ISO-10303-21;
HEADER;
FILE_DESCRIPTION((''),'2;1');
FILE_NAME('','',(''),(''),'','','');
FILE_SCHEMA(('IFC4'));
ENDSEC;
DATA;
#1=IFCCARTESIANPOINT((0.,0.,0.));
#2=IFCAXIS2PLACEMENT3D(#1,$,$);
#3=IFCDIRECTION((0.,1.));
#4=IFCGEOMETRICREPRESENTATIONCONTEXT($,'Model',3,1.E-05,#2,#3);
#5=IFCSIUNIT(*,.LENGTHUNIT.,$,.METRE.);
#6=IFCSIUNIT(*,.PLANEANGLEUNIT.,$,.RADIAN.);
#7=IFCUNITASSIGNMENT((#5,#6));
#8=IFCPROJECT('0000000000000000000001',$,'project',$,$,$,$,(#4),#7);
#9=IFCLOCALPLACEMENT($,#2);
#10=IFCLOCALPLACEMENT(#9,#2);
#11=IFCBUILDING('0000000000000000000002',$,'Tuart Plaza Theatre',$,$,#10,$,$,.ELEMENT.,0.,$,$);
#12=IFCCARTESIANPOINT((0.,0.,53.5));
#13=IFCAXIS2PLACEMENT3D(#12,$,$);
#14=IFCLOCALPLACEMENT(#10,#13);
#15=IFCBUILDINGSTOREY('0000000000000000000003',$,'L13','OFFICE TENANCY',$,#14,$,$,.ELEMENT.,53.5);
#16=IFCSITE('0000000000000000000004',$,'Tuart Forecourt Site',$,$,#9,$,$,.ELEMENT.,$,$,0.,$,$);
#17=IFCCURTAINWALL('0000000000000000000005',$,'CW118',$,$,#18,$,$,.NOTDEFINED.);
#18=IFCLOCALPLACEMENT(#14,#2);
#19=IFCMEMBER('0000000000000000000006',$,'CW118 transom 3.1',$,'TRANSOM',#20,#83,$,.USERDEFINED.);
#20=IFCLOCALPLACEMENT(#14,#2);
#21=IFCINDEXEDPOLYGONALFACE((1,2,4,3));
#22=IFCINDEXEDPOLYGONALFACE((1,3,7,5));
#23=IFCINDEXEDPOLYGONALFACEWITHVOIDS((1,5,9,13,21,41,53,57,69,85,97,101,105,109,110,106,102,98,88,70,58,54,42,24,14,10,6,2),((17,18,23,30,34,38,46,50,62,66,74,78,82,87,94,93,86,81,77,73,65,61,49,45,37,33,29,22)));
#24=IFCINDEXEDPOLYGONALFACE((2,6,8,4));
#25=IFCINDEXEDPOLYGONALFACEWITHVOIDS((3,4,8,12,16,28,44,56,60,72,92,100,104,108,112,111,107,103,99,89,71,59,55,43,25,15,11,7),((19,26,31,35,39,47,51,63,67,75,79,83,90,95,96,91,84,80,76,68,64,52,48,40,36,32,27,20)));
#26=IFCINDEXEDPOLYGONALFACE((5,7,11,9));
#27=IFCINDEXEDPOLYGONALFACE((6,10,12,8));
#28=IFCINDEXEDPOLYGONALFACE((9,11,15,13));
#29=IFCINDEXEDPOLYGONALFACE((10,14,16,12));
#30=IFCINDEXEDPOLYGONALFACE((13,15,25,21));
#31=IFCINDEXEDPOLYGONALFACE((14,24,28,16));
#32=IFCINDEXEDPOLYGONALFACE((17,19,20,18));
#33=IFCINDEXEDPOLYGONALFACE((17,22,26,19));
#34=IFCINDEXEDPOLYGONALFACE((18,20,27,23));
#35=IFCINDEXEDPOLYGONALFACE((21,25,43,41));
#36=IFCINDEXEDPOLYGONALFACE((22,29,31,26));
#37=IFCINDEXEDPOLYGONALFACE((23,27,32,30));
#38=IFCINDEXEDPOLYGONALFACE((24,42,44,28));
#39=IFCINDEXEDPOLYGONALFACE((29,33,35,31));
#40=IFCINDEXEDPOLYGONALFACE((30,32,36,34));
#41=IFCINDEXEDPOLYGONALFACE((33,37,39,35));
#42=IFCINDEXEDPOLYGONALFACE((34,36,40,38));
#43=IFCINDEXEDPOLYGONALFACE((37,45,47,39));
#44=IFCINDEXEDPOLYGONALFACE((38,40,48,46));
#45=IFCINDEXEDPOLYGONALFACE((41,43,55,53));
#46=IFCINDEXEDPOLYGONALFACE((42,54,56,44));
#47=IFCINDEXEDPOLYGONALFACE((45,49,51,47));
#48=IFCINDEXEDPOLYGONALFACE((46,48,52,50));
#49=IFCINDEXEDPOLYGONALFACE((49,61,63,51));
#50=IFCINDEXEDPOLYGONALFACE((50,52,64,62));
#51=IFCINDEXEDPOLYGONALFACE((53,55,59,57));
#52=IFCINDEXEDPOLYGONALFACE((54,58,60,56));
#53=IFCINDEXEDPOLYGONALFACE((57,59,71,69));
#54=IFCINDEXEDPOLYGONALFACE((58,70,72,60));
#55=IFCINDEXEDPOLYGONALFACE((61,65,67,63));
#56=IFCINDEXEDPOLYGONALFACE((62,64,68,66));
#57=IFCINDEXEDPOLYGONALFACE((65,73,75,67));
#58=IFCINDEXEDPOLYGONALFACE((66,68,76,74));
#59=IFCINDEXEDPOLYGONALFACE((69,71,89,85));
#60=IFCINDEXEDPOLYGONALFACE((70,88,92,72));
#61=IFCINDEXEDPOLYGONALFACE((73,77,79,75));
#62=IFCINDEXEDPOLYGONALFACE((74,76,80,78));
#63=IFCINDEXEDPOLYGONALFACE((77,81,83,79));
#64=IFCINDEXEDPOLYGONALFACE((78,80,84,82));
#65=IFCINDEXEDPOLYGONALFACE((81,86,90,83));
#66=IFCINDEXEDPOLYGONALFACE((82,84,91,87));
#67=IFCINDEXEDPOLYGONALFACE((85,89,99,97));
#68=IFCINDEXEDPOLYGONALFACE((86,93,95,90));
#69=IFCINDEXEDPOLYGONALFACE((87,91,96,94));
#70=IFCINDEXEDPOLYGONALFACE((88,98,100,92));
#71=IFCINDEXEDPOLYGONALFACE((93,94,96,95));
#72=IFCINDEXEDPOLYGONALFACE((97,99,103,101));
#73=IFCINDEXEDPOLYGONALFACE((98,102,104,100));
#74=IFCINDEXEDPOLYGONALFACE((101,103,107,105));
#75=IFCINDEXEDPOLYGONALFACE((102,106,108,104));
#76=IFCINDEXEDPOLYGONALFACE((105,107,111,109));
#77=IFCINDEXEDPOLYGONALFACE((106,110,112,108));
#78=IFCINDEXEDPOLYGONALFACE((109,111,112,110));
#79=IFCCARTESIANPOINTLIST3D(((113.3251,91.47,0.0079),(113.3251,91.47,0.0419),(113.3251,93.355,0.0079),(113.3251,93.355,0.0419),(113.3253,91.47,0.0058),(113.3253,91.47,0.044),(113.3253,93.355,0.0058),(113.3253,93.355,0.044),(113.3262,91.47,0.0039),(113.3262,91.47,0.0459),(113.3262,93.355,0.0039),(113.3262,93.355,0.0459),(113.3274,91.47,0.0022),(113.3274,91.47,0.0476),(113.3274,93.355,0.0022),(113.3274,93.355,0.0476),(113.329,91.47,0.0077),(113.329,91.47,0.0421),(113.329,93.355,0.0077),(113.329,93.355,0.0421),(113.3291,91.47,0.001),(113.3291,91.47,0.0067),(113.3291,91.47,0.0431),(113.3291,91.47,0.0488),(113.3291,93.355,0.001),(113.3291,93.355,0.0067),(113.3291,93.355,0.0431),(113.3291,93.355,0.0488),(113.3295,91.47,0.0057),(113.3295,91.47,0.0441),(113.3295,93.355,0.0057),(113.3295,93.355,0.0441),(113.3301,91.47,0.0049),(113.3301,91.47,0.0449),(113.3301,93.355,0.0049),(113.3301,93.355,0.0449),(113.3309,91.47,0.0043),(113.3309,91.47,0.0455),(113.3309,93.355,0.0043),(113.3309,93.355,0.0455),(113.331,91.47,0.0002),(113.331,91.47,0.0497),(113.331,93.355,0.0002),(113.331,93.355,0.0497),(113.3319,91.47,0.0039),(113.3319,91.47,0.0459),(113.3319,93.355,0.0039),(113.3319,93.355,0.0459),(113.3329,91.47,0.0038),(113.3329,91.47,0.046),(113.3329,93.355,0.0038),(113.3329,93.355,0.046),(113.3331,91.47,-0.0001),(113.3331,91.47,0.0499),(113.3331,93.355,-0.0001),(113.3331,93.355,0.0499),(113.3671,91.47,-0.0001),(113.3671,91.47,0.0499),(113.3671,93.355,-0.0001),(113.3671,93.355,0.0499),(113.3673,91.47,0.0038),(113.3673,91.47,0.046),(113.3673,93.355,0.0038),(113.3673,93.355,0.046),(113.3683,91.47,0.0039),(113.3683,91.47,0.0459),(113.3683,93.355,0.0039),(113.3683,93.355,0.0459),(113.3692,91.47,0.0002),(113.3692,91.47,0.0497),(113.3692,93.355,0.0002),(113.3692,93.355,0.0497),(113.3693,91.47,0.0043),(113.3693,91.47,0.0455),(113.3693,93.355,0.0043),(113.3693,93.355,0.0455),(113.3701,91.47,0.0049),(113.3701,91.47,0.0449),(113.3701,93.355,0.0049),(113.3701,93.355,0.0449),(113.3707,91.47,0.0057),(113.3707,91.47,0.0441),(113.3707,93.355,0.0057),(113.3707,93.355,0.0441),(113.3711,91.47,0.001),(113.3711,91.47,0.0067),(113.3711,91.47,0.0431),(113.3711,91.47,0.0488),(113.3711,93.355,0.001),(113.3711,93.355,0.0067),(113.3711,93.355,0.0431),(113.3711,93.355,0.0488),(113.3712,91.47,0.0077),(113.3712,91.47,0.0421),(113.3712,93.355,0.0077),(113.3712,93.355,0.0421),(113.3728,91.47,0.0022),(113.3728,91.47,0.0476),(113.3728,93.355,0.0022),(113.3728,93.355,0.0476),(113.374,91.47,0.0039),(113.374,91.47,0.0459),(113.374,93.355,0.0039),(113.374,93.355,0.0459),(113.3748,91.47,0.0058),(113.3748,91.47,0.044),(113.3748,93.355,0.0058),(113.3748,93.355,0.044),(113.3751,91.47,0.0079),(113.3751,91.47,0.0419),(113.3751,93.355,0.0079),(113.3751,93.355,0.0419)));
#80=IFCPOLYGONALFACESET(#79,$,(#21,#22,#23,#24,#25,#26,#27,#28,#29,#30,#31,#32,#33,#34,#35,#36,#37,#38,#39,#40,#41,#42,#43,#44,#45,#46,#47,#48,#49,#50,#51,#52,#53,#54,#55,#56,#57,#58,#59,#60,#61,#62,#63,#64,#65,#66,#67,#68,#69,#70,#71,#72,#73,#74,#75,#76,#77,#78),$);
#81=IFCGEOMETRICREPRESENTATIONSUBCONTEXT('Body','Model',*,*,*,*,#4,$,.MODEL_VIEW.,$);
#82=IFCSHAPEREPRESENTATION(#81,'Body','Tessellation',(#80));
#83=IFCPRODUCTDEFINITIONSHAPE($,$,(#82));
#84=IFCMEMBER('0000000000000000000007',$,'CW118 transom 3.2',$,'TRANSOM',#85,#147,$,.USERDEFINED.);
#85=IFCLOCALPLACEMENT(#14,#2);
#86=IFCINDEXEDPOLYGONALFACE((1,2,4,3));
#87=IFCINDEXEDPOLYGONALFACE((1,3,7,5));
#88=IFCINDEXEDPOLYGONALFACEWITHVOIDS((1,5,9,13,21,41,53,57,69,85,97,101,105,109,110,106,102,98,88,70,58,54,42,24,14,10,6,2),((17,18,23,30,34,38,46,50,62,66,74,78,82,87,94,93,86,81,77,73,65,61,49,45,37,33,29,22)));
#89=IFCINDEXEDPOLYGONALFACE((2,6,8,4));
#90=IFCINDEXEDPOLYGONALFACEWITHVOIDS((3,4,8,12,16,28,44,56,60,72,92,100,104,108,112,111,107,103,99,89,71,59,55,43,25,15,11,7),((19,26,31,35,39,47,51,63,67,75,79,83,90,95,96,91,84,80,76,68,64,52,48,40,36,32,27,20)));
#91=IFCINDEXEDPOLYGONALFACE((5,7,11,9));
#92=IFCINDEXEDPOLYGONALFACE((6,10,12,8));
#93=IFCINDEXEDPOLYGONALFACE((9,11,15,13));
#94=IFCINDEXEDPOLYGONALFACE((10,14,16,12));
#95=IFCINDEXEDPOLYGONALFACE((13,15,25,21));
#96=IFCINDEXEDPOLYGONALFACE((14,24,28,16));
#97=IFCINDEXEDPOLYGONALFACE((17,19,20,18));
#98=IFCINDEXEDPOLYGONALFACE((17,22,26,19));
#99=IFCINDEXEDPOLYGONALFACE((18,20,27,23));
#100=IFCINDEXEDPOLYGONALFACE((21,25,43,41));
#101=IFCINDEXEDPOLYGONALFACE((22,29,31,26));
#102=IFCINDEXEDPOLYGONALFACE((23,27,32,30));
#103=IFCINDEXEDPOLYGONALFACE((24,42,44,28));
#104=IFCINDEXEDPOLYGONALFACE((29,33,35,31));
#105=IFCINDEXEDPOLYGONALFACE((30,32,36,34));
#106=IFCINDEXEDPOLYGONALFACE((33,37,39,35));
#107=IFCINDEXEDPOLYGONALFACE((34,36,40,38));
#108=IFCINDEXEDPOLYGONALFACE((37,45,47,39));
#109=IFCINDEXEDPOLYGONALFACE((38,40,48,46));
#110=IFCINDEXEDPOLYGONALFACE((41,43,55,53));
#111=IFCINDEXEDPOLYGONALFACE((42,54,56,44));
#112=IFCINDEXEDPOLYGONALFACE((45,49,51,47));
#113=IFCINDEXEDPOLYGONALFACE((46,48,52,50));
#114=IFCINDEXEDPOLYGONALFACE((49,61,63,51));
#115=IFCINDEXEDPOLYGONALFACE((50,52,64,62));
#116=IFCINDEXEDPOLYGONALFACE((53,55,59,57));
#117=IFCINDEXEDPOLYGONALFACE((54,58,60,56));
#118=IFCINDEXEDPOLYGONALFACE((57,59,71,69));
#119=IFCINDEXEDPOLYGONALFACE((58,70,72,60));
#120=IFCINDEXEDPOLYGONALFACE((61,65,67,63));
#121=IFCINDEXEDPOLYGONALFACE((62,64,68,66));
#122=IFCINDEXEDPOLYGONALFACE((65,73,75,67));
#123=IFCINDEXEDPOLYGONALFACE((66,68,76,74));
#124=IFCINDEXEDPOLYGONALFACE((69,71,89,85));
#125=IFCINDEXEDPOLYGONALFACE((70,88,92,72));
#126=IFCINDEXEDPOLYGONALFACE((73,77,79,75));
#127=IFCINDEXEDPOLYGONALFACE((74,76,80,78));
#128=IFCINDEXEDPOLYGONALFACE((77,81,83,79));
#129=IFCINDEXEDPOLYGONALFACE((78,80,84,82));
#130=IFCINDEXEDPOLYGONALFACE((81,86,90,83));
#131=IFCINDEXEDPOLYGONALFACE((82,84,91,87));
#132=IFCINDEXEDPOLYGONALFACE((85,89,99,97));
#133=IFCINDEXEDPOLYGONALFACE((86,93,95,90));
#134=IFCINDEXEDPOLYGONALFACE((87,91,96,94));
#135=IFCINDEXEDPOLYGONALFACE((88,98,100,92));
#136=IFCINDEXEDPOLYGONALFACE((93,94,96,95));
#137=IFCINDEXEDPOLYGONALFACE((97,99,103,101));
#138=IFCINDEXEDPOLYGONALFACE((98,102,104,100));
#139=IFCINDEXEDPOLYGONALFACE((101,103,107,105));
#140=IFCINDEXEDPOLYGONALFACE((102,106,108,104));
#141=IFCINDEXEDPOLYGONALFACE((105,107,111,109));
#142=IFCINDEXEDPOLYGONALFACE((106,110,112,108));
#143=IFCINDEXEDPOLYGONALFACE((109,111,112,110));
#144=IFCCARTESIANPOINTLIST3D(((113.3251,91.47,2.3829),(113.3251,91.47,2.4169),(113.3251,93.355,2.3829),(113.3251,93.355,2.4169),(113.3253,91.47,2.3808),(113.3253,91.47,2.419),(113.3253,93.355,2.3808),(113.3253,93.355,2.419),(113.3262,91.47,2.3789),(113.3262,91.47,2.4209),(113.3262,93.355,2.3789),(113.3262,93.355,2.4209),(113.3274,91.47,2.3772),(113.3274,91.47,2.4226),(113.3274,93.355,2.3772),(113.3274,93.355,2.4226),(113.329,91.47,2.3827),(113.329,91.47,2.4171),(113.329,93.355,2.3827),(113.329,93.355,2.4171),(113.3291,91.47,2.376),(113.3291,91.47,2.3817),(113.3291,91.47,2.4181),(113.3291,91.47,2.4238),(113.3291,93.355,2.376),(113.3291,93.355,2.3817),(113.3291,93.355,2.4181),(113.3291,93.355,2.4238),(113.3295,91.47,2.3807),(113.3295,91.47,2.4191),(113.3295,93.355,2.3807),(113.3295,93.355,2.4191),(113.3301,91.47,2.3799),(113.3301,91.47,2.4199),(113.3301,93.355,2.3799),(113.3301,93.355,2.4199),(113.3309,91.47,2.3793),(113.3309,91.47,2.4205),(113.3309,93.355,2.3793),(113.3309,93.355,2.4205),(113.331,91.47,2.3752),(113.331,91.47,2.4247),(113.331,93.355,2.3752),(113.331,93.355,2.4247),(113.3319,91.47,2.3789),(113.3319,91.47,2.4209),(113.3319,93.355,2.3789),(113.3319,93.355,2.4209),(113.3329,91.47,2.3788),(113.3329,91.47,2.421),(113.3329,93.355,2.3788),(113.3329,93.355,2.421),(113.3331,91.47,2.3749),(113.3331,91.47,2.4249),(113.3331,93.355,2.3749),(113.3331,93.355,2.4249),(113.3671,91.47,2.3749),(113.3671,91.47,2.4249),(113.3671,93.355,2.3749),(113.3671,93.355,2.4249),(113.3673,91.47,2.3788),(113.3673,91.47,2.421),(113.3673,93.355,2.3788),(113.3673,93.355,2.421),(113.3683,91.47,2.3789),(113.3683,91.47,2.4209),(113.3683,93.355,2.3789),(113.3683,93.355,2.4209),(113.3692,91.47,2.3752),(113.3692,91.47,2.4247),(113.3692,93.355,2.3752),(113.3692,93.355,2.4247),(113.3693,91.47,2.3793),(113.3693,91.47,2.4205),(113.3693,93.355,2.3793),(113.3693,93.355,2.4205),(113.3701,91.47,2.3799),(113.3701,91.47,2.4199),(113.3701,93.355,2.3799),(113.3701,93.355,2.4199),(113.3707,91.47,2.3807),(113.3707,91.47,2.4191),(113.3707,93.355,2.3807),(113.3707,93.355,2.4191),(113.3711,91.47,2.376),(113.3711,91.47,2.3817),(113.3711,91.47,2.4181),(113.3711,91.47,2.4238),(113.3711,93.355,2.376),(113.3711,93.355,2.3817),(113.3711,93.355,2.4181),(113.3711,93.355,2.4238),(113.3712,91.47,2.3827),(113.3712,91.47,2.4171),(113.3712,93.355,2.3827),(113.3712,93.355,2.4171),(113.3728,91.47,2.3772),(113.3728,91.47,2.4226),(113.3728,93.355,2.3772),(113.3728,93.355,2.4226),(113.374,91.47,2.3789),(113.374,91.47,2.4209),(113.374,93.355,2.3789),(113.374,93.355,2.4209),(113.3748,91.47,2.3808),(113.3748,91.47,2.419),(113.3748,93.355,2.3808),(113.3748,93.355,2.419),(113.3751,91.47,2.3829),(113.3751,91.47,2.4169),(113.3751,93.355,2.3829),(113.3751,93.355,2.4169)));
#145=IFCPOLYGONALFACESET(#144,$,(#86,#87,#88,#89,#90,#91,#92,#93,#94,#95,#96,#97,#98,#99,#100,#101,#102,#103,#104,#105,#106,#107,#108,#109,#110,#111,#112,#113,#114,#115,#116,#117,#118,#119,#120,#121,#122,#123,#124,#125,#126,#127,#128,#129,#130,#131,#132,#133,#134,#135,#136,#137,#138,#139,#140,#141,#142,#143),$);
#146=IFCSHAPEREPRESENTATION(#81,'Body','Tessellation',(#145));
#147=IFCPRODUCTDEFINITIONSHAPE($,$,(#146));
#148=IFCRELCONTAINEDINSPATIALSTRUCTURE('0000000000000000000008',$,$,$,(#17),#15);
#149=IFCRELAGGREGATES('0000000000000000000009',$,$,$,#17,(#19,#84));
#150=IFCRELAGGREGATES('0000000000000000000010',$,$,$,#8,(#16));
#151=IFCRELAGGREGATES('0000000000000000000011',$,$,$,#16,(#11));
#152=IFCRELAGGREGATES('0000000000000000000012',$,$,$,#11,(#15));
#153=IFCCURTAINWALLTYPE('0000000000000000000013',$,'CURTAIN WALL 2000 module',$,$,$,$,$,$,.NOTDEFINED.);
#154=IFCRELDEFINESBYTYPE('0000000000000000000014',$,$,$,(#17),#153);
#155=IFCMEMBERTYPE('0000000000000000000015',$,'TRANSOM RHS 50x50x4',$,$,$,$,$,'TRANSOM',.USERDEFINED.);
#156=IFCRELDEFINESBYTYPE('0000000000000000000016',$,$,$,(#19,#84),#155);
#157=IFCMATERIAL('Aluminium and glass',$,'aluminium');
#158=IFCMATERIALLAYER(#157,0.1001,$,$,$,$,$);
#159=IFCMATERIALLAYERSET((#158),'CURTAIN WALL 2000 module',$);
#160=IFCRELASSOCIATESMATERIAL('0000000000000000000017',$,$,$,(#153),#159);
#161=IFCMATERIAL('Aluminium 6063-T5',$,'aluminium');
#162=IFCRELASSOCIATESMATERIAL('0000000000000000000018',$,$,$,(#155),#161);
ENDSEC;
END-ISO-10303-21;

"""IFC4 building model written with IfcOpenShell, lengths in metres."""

from ifc_helpers import new_model, si_unit, direction, frame, origin, origin_2d, place, context, subcontext, project, spatial, hollow_rectangle, extrude, material, layer, layer_set, material_profile, profile_set, type_object, element, aggregate, save


model = new_model("IFC4")

# Units and contexts
model_context = context("Model", 3, precision=1e-05, world=origin(), true_north=direction((0.0, 1.0)))
body_context = subcontext(model_context, "Body", "Model", "MODEL_VIEW")
ifc_project = project(units=[si_unit("LENGTHUNIT", "METRE"), si_unit("PLANEANGLEUNIT", "RADIAN")], contexts=[model_context])

# Site, building, storey
site_placement = place(None, origin())
site = spatial("IfcSite", under=ifc_project, at=site_placement, Name="Tuart Forecourt Site", CompositionType="ELEMENT", RefElevation=0.0)
building_placement = place(site_placement, origin())
building = spatial("IfcBuilding", under=site, at=building_placement, Name="Tuart Plaza Theatre", CompositionType="ELEMENT", ElevationOfRefHeight=0.0)
storey_placement = place(building_placement, frame((0.0, 0.0, 53.5)))
storey = spatial("IfcBuildingStorey", under=building, at=storey_placement, Name="L13", Description="OFFICE TENANCY", CompositionType="ELEMENT", Elevation=53.5)

# Curtain wall, members
ifc_material_1 = material(Name="Aluminium and glass", Category="aluminium")
ifc_layer_1 = layer(ifc_material_1, 0.1001)
ifc_layer_set_1 = layer_set([ifc_layer_1], Name="CURTAIN WALL 2000 module")
curtain_wall_type = type_object("IfcCurtainWallType", Name="CURTAIN WALL 2000 module", PredefinedType="NOTDEFINED", material=ifc_layer_set_1)
curtain_wall_placement = place(storey_placement, origin())
curtain_wall = element("IfcCurtainWall", 1, at=curtain_wall_placement, inside=storey, type_object=curtain_wall_type, Name="CW118", PredefinedType="NOTDEFINED")
ifc_material_2 = material(Name="Aluminium 6063-T5", Category="aluminium")
ifc_material_profile_1 = material_profile(ifc_material_2, hollow_rectangle(XDim=0.05, YDim=0.05, WallThickness=0.0039, InnerFilletRadius=0.0039, OuterFilletRadius=0.0081, at=origin_2d()), Name="RHS 50x50x4")
ifc_profile_set_1 = profile_set([ifc_material_profile_1], Name="Aluminium 6063-T5")
member_type_1 = type_object("IfcMemberType", Name="TRANSOM RHS 50x50x4", ElementType="TRANSOM", PredefinedType="USERDEFINED", material=ifc_profile_set_1)
member_1_placement = place(storey_placement, frame((113.3501, 93.355, 0.0249), z_axis=(0.0, -1.0, 0.0), x_axis=(1.0, 0.0, 0.0)))
member_1 = element("IfcMember", 2, at=member_1_placement, type_object=member_type_1, Name="CW118 transom 3.1", ObjectType="TRANSOM", PredefinedType="USERDEFINED", context=body_context, shape_type="SweptSolid", body=[
    extrude(hollow_rectangle(XDim=0.05, YDim=0.05, WallThickness=0.0039, InnerFilletRadius=0.0039, OuterFilletRadius=0.0081, at=origin_2d()), origin(), (0.0, 0.0, 1.0), 1.885),
])
member_2_placement = place(storey_placement, frame((113.3501, 93.355, 2.3999), z_axis=(0.0, -1.0, 0.0), x_axis=(1.0, 0.0, 0.0)))
member_2 = element("IfcMember", 3, at=member_2_placement, type_object=member_type_1, Name="CW118 transom 3.2", ObjectType="TRANSOM", PredefinedType="USERDEFINED", context=body_context, shape_type="SweptSolid", body=[
    extrude(hollow_rectangle(XDim=0.05, YDim=0.05, WallThickness=0.0039, InnerFilletRadius=0.0039, OuterFilletRadius=0.0081, at=origin_2d()), origin(), (0.0, 0.0, 1.0), 1.885),
])
aggregate(curtain_wall, [member_1, member_2])

save(model, "model.ifc")
